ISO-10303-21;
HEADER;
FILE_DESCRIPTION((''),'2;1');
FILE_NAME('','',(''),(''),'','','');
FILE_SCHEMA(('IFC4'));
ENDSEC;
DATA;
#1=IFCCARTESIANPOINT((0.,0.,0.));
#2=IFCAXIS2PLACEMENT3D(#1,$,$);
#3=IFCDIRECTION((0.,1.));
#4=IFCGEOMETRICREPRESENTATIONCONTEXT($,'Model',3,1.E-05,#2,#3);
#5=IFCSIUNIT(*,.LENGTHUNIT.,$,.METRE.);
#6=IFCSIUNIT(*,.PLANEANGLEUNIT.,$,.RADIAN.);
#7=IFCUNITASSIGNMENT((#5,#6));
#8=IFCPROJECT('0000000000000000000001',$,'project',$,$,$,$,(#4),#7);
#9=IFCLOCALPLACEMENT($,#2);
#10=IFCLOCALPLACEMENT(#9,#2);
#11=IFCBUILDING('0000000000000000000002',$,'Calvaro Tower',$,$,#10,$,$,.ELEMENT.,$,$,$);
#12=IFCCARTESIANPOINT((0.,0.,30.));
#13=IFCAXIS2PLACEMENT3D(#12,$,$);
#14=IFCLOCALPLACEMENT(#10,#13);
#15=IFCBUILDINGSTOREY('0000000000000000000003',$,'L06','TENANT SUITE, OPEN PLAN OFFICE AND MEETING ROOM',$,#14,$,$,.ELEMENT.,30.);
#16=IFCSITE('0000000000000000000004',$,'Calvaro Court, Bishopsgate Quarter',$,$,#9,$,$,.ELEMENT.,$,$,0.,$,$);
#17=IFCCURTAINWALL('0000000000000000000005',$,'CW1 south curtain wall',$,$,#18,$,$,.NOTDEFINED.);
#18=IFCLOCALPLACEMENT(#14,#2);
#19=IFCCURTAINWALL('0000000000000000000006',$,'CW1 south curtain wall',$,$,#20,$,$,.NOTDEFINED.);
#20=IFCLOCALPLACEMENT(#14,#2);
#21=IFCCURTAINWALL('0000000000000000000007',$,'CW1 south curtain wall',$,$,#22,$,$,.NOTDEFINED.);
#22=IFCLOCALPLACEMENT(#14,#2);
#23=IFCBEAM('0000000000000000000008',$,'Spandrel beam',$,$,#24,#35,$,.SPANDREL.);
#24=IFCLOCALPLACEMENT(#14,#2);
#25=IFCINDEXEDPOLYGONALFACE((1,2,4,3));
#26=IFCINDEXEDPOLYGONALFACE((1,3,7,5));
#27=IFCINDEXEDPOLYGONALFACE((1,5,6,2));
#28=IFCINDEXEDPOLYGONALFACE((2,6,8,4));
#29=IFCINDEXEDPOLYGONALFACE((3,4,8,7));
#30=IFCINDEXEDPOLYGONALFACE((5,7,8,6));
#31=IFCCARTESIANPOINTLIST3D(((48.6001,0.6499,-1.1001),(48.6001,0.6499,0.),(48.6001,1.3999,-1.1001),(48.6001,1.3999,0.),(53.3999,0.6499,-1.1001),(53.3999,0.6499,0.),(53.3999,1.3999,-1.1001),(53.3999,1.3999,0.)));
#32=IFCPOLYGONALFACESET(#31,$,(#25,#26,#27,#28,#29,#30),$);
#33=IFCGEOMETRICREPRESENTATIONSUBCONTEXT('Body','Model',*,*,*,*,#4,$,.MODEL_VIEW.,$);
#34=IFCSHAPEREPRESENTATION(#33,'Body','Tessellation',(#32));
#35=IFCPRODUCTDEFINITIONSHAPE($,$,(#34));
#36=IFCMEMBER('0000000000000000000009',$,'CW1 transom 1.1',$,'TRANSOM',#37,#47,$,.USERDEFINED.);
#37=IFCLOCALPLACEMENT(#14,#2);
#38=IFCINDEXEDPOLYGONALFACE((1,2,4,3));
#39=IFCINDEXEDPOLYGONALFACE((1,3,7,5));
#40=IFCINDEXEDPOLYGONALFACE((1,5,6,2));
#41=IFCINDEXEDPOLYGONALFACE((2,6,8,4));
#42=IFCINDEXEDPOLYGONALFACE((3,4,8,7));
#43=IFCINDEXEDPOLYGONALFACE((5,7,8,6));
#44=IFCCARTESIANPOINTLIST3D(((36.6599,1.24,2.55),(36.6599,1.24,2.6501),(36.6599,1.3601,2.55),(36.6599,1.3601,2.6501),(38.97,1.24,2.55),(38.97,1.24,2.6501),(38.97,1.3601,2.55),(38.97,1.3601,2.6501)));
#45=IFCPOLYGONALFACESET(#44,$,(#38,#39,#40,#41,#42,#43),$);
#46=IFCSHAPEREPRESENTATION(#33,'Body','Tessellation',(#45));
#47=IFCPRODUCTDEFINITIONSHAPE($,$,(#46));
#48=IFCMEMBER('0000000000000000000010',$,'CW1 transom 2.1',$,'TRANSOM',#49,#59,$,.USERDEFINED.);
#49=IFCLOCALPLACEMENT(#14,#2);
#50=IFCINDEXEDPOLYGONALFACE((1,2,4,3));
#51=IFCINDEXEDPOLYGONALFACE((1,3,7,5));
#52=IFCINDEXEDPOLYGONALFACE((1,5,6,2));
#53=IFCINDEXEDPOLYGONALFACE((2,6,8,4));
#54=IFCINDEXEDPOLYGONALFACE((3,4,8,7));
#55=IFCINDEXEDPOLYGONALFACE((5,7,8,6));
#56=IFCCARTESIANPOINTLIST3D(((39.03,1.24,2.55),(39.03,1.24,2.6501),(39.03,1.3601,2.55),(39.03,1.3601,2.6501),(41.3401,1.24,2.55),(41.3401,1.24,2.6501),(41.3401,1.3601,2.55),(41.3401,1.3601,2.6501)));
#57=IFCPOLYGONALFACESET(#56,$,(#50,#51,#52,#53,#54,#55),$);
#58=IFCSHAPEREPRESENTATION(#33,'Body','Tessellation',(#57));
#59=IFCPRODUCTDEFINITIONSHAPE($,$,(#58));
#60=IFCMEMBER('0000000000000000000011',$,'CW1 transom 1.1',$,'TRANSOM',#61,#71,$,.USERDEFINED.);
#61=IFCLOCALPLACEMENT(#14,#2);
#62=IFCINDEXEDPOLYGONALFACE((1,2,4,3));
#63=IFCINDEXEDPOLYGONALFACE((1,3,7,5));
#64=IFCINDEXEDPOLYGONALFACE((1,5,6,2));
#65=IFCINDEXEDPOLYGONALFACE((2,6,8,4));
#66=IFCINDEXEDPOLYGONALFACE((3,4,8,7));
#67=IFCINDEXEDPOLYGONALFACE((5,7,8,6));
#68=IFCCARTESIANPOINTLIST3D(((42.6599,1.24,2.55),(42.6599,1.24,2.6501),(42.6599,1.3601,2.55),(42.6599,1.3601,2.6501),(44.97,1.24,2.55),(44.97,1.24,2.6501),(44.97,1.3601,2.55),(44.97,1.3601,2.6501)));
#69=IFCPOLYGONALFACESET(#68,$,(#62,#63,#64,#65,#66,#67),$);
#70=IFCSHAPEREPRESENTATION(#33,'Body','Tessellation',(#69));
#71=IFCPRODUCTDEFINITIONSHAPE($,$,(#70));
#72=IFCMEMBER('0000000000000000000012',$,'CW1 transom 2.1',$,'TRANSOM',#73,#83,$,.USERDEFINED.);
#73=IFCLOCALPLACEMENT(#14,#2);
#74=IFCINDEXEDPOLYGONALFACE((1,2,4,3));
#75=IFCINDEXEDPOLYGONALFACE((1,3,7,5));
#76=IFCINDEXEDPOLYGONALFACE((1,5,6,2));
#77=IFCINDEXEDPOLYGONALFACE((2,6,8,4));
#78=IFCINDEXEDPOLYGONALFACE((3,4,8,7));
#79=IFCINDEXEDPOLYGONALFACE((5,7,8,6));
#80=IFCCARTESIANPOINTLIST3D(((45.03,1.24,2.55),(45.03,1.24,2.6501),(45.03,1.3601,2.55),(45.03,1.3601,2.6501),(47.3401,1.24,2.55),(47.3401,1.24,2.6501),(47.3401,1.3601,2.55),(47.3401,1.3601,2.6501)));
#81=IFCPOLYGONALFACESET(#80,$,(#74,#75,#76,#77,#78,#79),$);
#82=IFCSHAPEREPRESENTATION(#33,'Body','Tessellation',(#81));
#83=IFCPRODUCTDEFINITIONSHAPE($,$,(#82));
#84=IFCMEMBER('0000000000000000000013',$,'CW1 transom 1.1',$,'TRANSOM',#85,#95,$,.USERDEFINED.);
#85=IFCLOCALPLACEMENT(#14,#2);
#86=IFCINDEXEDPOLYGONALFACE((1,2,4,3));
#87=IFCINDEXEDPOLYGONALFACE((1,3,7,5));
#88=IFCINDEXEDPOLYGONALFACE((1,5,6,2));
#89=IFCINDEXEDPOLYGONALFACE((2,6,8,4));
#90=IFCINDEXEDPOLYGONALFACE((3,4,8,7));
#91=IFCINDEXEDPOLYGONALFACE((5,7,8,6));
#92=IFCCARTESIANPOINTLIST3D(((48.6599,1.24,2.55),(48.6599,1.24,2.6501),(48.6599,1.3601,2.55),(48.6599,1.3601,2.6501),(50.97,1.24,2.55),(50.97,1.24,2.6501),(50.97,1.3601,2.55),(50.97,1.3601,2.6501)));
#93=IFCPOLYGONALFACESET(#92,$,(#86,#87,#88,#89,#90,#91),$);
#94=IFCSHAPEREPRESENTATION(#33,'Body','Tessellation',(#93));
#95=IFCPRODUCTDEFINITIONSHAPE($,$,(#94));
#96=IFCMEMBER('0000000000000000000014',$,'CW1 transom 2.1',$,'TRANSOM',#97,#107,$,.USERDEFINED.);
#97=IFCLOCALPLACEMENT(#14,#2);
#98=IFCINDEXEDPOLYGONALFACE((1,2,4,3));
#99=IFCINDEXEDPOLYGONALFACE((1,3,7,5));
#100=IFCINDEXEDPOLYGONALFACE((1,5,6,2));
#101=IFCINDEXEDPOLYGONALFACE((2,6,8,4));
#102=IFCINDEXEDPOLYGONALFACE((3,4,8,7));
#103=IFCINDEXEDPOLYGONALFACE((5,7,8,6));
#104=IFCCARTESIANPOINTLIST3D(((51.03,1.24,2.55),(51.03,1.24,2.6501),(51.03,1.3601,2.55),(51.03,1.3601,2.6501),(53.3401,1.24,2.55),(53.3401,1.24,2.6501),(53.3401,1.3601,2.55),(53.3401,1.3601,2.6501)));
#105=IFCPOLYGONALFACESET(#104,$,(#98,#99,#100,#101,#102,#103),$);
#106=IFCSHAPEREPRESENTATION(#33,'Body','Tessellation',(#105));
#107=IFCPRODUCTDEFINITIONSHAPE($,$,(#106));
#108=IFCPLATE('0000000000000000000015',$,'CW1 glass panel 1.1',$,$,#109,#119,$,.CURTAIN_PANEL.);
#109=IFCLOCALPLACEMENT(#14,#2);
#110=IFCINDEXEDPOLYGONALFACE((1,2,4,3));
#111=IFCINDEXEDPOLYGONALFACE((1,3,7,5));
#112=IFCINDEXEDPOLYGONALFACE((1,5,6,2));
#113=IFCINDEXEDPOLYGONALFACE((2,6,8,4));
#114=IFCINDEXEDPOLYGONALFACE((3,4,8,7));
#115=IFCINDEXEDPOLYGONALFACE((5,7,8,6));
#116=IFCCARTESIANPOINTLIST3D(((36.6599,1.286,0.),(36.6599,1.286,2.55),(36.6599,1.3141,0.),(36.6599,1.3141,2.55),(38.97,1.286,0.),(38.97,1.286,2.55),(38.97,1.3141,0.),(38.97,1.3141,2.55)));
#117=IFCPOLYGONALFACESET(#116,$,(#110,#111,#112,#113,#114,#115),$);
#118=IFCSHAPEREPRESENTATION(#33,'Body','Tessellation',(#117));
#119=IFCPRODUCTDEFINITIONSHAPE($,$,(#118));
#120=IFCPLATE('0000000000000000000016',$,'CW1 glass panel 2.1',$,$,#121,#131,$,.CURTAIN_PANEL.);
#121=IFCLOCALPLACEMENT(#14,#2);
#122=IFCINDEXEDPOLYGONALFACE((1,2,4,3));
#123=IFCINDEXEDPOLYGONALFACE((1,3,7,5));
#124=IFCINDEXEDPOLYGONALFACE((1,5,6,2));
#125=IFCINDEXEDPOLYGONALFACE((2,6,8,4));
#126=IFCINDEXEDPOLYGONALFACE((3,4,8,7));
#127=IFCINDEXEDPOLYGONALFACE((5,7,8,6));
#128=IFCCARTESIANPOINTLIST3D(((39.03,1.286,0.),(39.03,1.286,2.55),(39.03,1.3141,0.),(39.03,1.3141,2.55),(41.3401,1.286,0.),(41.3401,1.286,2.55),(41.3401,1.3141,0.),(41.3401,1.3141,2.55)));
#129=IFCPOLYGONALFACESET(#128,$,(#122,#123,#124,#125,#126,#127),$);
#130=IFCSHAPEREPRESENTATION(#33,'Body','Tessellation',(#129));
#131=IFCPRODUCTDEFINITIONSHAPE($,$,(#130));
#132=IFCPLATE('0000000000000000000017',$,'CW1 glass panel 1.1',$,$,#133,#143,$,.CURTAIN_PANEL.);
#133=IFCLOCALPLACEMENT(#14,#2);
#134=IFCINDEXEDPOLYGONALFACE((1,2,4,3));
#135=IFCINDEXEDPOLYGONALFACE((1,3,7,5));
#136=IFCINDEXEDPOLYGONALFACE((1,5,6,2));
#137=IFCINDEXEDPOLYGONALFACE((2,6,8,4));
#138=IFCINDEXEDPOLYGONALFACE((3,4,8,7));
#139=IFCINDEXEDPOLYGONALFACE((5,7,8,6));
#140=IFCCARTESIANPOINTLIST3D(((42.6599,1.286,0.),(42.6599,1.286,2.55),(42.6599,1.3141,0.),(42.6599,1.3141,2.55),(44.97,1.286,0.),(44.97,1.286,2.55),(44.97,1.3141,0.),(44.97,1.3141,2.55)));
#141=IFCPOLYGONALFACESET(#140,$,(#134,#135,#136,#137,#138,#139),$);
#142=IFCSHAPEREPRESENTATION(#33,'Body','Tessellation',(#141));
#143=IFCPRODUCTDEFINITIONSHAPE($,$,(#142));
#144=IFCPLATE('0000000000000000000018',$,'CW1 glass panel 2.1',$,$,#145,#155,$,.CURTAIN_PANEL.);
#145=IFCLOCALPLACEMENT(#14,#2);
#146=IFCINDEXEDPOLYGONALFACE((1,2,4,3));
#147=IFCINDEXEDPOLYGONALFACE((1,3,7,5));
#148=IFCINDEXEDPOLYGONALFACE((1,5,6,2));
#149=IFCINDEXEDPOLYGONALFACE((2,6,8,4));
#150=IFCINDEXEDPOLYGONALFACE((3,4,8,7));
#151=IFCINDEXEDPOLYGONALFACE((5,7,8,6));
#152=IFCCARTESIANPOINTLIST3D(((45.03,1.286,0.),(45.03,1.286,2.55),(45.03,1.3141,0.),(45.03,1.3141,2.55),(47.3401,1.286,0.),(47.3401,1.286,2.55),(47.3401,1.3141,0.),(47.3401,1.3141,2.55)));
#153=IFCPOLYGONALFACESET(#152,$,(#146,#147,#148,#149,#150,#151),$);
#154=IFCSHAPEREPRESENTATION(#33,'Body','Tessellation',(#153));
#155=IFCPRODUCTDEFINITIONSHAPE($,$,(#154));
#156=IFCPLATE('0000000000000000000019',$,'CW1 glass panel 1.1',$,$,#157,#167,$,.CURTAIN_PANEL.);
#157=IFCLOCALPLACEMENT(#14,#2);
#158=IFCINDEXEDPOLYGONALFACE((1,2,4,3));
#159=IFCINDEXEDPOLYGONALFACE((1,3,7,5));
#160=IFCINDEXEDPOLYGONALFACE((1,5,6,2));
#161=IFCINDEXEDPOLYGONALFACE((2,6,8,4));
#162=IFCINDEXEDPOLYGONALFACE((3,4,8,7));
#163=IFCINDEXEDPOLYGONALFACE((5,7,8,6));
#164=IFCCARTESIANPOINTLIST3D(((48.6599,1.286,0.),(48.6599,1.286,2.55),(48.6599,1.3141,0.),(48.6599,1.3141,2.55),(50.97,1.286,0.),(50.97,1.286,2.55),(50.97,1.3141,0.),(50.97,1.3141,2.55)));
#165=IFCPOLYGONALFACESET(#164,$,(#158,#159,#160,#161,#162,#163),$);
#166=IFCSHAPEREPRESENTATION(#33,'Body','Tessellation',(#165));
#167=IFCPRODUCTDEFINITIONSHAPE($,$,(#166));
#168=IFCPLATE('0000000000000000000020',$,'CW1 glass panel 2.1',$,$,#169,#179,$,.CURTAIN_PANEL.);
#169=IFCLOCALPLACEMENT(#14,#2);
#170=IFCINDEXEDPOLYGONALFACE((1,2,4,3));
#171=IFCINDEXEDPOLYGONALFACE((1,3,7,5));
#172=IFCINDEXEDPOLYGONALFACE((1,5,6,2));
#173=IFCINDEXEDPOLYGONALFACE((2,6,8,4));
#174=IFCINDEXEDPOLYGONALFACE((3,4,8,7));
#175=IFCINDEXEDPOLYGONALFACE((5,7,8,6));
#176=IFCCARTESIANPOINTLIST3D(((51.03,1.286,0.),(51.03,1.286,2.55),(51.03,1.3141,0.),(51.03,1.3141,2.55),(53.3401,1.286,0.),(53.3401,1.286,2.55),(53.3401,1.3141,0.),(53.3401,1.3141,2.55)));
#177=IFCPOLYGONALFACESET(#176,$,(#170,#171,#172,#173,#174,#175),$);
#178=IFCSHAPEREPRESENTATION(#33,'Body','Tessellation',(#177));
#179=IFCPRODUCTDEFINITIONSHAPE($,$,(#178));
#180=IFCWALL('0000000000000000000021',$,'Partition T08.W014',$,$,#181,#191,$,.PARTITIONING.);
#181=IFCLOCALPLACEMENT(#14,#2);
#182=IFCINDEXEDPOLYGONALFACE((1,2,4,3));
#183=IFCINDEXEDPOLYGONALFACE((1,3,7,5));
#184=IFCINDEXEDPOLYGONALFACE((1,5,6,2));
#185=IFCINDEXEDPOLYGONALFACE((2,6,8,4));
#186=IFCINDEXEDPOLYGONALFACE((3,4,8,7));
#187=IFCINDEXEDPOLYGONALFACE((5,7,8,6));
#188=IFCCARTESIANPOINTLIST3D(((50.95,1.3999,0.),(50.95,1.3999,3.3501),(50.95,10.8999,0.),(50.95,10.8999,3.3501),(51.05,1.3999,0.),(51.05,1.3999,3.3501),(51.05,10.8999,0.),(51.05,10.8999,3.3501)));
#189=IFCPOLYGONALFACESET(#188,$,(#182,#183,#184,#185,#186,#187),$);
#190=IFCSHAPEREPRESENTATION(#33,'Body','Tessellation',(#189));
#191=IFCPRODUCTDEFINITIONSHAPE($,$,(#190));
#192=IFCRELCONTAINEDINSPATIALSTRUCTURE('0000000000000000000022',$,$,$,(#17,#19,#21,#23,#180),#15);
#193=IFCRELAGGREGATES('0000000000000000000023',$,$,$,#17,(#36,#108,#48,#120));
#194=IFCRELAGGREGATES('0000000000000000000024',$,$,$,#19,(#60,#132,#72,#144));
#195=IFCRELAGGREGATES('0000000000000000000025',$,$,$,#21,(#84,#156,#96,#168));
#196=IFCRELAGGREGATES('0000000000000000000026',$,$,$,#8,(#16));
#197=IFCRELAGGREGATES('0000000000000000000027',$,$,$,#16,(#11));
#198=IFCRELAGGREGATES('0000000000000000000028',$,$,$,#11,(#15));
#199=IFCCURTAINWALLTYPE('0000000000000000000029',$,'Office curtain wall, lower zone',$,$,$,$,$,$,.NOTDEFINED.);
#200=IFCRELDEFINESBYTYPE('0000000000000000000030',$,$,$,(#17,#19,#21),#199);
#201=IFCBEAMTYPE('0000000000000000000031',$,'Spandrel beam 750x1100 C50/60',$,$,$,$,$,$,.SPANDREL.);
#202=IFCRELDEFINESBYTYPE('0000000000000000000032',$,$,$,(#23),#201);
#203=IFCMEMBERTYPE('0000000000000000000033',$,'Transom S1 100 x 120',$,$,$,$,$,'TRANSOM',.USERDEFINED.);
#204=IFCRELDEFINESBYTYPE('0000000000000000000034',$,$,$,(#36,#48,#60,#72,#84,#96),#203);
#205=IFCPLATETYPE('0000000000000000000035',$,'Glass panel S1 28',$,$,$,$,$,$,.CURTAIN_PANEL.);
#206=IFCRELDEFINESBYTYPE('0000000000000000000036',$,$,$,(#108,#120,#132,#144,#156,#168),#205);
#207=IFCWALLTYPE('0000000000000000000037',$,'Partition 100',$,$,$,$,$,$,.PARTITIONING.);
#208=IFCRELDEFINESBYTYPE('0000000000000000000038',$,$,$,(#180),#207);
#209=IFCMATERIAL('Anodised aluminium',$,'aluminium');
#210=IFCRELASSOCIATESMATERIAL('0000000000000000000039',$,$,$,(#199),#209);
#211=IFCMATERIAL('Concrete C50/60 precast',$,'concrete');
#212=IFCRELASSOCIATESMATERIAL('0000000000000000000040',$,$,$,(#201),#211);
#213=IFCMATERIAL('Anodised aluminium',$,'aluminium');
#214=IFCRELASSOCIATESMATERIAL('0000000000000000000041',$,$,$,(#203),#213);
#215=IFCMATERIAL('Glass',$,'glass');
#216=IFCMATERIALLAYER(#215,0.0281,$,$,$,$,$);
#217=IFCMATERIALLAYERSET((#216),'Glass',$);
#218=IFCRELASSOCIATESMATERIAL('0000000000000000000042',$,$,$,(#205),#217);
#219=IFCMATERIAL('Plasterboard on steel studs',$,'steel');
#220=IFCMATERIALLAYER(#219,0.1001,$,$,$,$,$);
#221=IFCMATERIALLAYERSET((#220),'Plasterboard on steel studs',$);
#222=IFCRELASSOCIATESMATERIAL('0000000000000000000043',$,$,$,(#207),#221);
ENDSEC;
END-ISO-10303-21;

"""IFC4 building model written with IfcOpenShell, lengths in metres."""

from ifc_helpers import new_model, si_unit, direction, frame, frame_2d, origin, origin_2d, place, context, subcontext, project, spatial, rectangle, extrude, material, layer, layer_set, material_profile, profile_set, type_object, element, aggregate, save


model = new_model("IFC4")

# Units and contexts
model_context = context("Model", 3, precision=1e-05, world=origin(), true_north=direction((0.0, 1.0)))
body_context = subcontext(model_context, "Body", "Model", "MODEL_VIEW")
ifc_project = project(units=[si_unit("LENGTHUNIT", "METRE"), si_unit("PLANEANGLEUNIT", "RADIAN")], contexts=[model_context])

# Site, building, storey
site_placement = place(None, origin())
site = spatial("IfcSite", under=ifc_project, at=site_placement, Name="Calvaro Court, Bishopsgate Quarter", CompositionType="ELEMENT", RefElevation=0.0)
building_placement = place(site_placement, origin())
building = spatial("IfcBuilding", under=site, at=building_placement, Name="Calvaro Tower", CompositionType="ELEMENT")
storey_placement = place(building_placement, frame((0.0, 0.0, 30.0)))
storey = spatial("IfcBuildingStorey", under=building, at=storey_placement, Name="L06", Description="TENANT SUITE, OPEN PLAN OFFICE AND MEETING ROOM", CompositionType="ELEMENT", Elevation=30.0)

# Shared definitions
ifc_material_1 = material(Name="Anodised aluminium", Category="aluminium")
curtain_wall_type = type_object("IfcCurtainWallType", Name="Office curtain wall, lower zone", PredefinedType="NOTDEFINED", material=ifc_material_1)

# Curtain walls
curtain_wall_1_placement = place(storey_placement, origin())
curtain_wall_1 = element("IfcCurtainWall", 1, at=curtain_wall_1_placement, inside=storey, type_object=curtain_wall_type, Name="CW1 south curtain wall", PredefinedType="NOTDEFINED")
curtain_wall_2_placement = place(storey_placement, origin())
curtain_wall_2 = element("IfcCurtainWall", 2, at=curtain_wall_2_placement, inside=storey, type_object=curtain_wall_type, Name="CW1 south curtain wall", PredefinedType="NOTDEFINED")
curtain_wall_3_placement = place(storey_placement, origin())
curtain_wall_3 = element("IfcCurtainWall", 3, at=curtain_wall_3_placement, inside=storey, type_object=curtain_wall_type, Name="CW1 south curtain wall", PredefinedType="NOTDEFINED")

# Beam
ifc_material_2 = material(Name="Concrete C50/60 precast", Category="concrete")
ifc_material_profile_1 = material_profile(ifc_material_2, rectangle(XDim=0.75, YDim=1.1001, at=origin_2d()), Name="RC 750x1100")
ifc_profile_set_1 = profile_set([ifc_material_profile_1], Name="Concrete C50/60 precast")
beam_type = type_object("IfcBeamType", Name="Spandrel beam 750x1100 C50/60", PredefinedType="SPANDREL", material=ifc_profile_set_1)
for number, where, z_axis, x_axis, name in (
    (4, (48.6001, 1.0249, -0.55), (1.0, 0.0, 0.0), (0.0, 1.0, 0.0), "Spandrel beam"),
):
    element("IfcBeam", number, at=place(storey_placement, frame(where, z_axis=z_axis, x_axis=x_axis)), inside=storey, type_object=beam_type, Name=name, PredefinedType="SPANDREL", context=body_context, shape_type="SweptSolid", body=[
        extrude(rectangle(XDim=0.75, YDim=1.1001, at=origin_2d()), origin(), (0.0, 0.0, 1.0), 4.7998),
    ])

# Members
ifc_material_3 = material(Name="Anodised aluminium", Category="aluminium")
ifc_material_profile_2 = material_profile(ifc_material_3, rectangle(XDim=0.1201, YDim=0.1001, at=origin_2d()), Name="Transom S1 100 x 120")
ifc_profile_set_2 = profile_set([ifc_material_profile_2], Name="Anodised aluminium")
member_type_1 = type_object("IfcMemberType", Name="Transom S1 100 x 120", ElementType="TRANSOM", PredefinedType="USERDEFINED", material=ifc_profile_set_2)
member_1_placement = place(storey_placement, frame((36.6599, 1.3, 2.6001), z_axis=(1.0, 0.0, 0.0), x_axis=(0.0, 1.0, 0.0)))
member_1 = element("IfcMember", 5, at=member_1_placement, type_object=member_type_1, Name="CW1 transom 1.1", ObjectType="TRANSOM", PredefinedType="USERDEFINED", context=body_context, shape_type="SweptSolid", body=[
    extrude(rectangle(XDim=0.1201, YDim=0.1001, at=origin_2d()), origin(), (0.0, 0.0, 1.0), 2.3101),
])
member_2_placement = place(storey_placement, frame((39.03, 1.3, 2.6001), z_axis=(1.0, 0.0, 0.0), x_axis=(0.0, 1.0, 0.0)))
member_2 = element("IfcMember", 6, at=member_2_placement, type_object=member_type_1, Name="CW1 transom 2.1", ObjectType="TRANSOM", PredefinedType="USERDEFINED", context=body_context, shape_type="SweptSolid", body=[
    extrude(rectangle(XDim=0.1201, YDim=0.1001, at=origin_2d()), origin(), (0.0, 0.0, 1.0), 2.3101),
])
member_3_placement = place(storey_placement, frame((42.6599, 1.3, 2.6001), z_axis=(1.0, 0.0, 0.0), x_axis=(0.0, 1.0, 0.0)))
member_3 = element("IfcMember", 7, at=member_3_placement, type_object=member_type_1, Name="CW1 transom 1.1", ObjectType="TRANSOM", PredefinedType="USERDEFINED", context=body_context, shape_type="SweptSolid", body=[
    extrude(rectangle(XDim=0.1201, YDim=0.1001, at=origin_2d()), origin(), (0.0, 0.0, 1.0), 2.3101),
])
member_4_placement = place(storey_placement, frame((45.03, 1.3, 2.6001), z_axis=(1.0, 0.0, 0.0), x_axis=(0.0, 1.0, 0.0)))
member_4 = element("IfcMember", 8, at=member_4_placement, type_object=member_type_1, Name="CW1 transom 2.1", ObjectType="TRANSOM", PredefinedType="USERDEFINED", context=body_context, shape_type="SweptSolid", body=[
    extrude(rectangle(XDim=0.1201, YDim=0.1001, at=origin_2d()), origin(), (0.0, 0.0, 1.0), 2.3101),
])
member_5_placement = place(storey_placement, frame((48.6599, 1.3, 2.6001), z_axis=(1.0, 0.0, 0.0), x_axis=(0.0, 1.0, 0.0)))
member_5 = element("IfcMember", 9, at=member_5_placement, type_object=member_type_1, Name="CW1 transom 1.1", ObjectType="TRANSOM", PredefinedType="USERDEFINED", context=body_context, shape_type="SweptSolid", body=[
    extrude(rectangle(XDim=0.1201, YDim=0.1001, at=origin_2d()), origin(), (0.0, 0.0, 1.0), 2.3101),
])
member_6_placement = place(storey_placement, frame((51.03, 1.3, 2.6001), z_axis=(1.0, 0.0, 0.0), x_axis=(0.0, 1.0, 0.0)))
member_6 = element("IfcMember", 10, at=member_6_placement, type_object=member_type_1, Name="CW1 transom 2.1", ObjectType="TRANSOM", PredefinedType="USERDEFINED", context=body_context, shape_type="SweptSolid", body=[
    extrude(rectangle(XDim=0.1201, YDim=0.1001, at=origin_2d()), origin(), (0.0, 0.0, 1.0), 2.3101),
])

# Plates
ifc_material_4 = material(Name="Glass", Category="glass")
ifc_layer_1 = layer(ifc_material_4, 0.0281)
ifc_layer_set_1 = layer_set([ifc_layer_1], Name="Glass")
plate_type = type_object("IfcPlateType", Name="Glass panel S1 28", PredefinedType="CURTAIN_PANEL", material=ifc_layer_set_1)
plate_1_placement = place(storey_placement, frame((37.8149, 1.3, 0.0), z_axis=(0.0, 0.0, 1.0), x_axis=(1.0, 0.0, 0.0)))
plate_1 = element("IfcPlate", 11, at=plate_1_placement, type_object=plate_type, Name="CW1 glass panel 1.1", PredefinedType="CURTAIN_PANEL", context=body_context, shape_type="SweptSolid", body=[
    extrude(rectangle(XDim=2.3101, YDim=0.0281, at=origin_2d()), origin(), (0.0, 0.0, 1.0), 2.55),
])
plate_2_placement = place(storey_placement, frame((40.1851, 1.3, 0.0), z_axis=(0.0, 0.0, 1.0), x_axis=(1.0, 0.0, 0.0)))
plate_2 = element("IfcPlate", 12, at=plate_2_placement, type_object=plate_type, Name="CW1 glass panel 2.1", PredefinedType="CURTAIN_PANEL", context=body_context, shape_type="SweptSolid", body=[
    extrude(rectangle(XDim=2.3101, YDim=0.0281, at=origin_2d()), origin(), (0.0, 0.0, 1.0), 2.55),
])
aggregate(curtain_wall_1, [member_1, plate_1, member_2, plate_2])
plate_3_placement = place(storey_placement, frame((43.8149, 1.3, 0.0), z_axis=(0.0, 0.0, 1.0), x_axis=(1.0, 0.0, 0.0)))
plate_3 = element("IfcPlate", 13, at=plate_3_placement, type_object=plate_type, Name="CW1 glass panel 1.1", PredefinedType="CURTAIN_PANEL", context=body_context, shape_type="SweptSolid", body=[
    extrude(rectangle(XDim=2.3101, YDim=0.0281, at=origin_2d()), origin(), (0.0, 0.0, 1.0), 2.55),
])
plate_4_placement = place(storey_placement, frame((46.1851, 1.3, 0.0), z_axis=(0.0, 0.0, 1.0), x_axis=(1.0, 0.0, 0.0)))
plate_4 = element("IfcPlate", 14, at=plate_4_placement, type_object=plate_type, Name="CW1 glass panel 2.1", PredefinedType="CURTAIN_PANEL", context=body_context, shape_type="SweptSolid", body=[
    extrude(rectangle(XDim=2.3101, YDim=0.0281, at=origin_2d()), origin(), (0.0, 0.0, 1.0), 2.55),
])
aggregate(curtain_wall_2, [member_3, plate_3, member_4, plate_4])
plate_5_placement = place(storey_placement, frame((49.8149, 1.3, 0.0), z_axis=(0.0, 0.0, 1.0), x_axis=(1.0, 0.0, 0.0)))
plate_5 = element("IfcPlate", 15, at=plate_5_placement, type_object=plate_type, Name="CW1 glass panel 1.1", PredefinedType="CURTAIN_PANEL", context=body_context, shape_type="SweptSolid", body=[
    extrude(rectangle(XDim=2.3101, YDim=0.0281, at=origin_2d()), origin(), (0.0, 0.0, 1.0), 2.55),
])
plate_6_placement = place(storey_placement, frame((52.1851, 1.3, 0.0), z_axis=(0.0, 0.0, 1.0), x_axis=(1.0, 0.0, 0.0)))
plate_6 = element("IfcPlate", 16, at=plate_6_placement, type_object=plate_type, Name="CW1 glass panel 2.1", PredefinedType="CURTAIN_PANEL", context=body_context, shape_type="SweptSolid", body=[
    extrude(rectangle(XDim=2.3101, YDim=0.0281, at=origin_2d()), origin(), (0.0, 0.0, 1.0), 2.55),
])
aggregate(curtain_wall_3, [member_5, plate_5, member_6, plate_6])

# Wall
ifc_material_5 = material(Name="Plasterboard on steel studs", Category="steel")
ifc_layer_2 = layer(ifc_material_5, 0.1001)
ifc_layer_set_2 = layer_set([ifc_layer_2], Name="Plasterboard on steel studs")
wall_type = type_object("IfcWallType", Name="Partition 100", PredefinedType="PARTITIONING", material=ifc_layer_set_2)
wall_placement = place(storey_placement, frame((51.0, 1.3999, 0.0), z_axis=(0.0, 0.0, 1.0), x_axis=(0.0, 1.0, 0.0)))
element("IfcWall", 17, at=wall_placement, inside=storey, type_object=wall_type, Name="Partition T08.W014", PredefinedType="PARTITIONING", context=body_context, shape_type="SweptSolid", body=[
    extrude(rectangle(XDim=9.5, YDim=0.1001, at=frame_2d((4.75, 0.0))), origin(), (0.0, 0.0, 1.0), 3.3501),
])

save(model, "model.ifc")
